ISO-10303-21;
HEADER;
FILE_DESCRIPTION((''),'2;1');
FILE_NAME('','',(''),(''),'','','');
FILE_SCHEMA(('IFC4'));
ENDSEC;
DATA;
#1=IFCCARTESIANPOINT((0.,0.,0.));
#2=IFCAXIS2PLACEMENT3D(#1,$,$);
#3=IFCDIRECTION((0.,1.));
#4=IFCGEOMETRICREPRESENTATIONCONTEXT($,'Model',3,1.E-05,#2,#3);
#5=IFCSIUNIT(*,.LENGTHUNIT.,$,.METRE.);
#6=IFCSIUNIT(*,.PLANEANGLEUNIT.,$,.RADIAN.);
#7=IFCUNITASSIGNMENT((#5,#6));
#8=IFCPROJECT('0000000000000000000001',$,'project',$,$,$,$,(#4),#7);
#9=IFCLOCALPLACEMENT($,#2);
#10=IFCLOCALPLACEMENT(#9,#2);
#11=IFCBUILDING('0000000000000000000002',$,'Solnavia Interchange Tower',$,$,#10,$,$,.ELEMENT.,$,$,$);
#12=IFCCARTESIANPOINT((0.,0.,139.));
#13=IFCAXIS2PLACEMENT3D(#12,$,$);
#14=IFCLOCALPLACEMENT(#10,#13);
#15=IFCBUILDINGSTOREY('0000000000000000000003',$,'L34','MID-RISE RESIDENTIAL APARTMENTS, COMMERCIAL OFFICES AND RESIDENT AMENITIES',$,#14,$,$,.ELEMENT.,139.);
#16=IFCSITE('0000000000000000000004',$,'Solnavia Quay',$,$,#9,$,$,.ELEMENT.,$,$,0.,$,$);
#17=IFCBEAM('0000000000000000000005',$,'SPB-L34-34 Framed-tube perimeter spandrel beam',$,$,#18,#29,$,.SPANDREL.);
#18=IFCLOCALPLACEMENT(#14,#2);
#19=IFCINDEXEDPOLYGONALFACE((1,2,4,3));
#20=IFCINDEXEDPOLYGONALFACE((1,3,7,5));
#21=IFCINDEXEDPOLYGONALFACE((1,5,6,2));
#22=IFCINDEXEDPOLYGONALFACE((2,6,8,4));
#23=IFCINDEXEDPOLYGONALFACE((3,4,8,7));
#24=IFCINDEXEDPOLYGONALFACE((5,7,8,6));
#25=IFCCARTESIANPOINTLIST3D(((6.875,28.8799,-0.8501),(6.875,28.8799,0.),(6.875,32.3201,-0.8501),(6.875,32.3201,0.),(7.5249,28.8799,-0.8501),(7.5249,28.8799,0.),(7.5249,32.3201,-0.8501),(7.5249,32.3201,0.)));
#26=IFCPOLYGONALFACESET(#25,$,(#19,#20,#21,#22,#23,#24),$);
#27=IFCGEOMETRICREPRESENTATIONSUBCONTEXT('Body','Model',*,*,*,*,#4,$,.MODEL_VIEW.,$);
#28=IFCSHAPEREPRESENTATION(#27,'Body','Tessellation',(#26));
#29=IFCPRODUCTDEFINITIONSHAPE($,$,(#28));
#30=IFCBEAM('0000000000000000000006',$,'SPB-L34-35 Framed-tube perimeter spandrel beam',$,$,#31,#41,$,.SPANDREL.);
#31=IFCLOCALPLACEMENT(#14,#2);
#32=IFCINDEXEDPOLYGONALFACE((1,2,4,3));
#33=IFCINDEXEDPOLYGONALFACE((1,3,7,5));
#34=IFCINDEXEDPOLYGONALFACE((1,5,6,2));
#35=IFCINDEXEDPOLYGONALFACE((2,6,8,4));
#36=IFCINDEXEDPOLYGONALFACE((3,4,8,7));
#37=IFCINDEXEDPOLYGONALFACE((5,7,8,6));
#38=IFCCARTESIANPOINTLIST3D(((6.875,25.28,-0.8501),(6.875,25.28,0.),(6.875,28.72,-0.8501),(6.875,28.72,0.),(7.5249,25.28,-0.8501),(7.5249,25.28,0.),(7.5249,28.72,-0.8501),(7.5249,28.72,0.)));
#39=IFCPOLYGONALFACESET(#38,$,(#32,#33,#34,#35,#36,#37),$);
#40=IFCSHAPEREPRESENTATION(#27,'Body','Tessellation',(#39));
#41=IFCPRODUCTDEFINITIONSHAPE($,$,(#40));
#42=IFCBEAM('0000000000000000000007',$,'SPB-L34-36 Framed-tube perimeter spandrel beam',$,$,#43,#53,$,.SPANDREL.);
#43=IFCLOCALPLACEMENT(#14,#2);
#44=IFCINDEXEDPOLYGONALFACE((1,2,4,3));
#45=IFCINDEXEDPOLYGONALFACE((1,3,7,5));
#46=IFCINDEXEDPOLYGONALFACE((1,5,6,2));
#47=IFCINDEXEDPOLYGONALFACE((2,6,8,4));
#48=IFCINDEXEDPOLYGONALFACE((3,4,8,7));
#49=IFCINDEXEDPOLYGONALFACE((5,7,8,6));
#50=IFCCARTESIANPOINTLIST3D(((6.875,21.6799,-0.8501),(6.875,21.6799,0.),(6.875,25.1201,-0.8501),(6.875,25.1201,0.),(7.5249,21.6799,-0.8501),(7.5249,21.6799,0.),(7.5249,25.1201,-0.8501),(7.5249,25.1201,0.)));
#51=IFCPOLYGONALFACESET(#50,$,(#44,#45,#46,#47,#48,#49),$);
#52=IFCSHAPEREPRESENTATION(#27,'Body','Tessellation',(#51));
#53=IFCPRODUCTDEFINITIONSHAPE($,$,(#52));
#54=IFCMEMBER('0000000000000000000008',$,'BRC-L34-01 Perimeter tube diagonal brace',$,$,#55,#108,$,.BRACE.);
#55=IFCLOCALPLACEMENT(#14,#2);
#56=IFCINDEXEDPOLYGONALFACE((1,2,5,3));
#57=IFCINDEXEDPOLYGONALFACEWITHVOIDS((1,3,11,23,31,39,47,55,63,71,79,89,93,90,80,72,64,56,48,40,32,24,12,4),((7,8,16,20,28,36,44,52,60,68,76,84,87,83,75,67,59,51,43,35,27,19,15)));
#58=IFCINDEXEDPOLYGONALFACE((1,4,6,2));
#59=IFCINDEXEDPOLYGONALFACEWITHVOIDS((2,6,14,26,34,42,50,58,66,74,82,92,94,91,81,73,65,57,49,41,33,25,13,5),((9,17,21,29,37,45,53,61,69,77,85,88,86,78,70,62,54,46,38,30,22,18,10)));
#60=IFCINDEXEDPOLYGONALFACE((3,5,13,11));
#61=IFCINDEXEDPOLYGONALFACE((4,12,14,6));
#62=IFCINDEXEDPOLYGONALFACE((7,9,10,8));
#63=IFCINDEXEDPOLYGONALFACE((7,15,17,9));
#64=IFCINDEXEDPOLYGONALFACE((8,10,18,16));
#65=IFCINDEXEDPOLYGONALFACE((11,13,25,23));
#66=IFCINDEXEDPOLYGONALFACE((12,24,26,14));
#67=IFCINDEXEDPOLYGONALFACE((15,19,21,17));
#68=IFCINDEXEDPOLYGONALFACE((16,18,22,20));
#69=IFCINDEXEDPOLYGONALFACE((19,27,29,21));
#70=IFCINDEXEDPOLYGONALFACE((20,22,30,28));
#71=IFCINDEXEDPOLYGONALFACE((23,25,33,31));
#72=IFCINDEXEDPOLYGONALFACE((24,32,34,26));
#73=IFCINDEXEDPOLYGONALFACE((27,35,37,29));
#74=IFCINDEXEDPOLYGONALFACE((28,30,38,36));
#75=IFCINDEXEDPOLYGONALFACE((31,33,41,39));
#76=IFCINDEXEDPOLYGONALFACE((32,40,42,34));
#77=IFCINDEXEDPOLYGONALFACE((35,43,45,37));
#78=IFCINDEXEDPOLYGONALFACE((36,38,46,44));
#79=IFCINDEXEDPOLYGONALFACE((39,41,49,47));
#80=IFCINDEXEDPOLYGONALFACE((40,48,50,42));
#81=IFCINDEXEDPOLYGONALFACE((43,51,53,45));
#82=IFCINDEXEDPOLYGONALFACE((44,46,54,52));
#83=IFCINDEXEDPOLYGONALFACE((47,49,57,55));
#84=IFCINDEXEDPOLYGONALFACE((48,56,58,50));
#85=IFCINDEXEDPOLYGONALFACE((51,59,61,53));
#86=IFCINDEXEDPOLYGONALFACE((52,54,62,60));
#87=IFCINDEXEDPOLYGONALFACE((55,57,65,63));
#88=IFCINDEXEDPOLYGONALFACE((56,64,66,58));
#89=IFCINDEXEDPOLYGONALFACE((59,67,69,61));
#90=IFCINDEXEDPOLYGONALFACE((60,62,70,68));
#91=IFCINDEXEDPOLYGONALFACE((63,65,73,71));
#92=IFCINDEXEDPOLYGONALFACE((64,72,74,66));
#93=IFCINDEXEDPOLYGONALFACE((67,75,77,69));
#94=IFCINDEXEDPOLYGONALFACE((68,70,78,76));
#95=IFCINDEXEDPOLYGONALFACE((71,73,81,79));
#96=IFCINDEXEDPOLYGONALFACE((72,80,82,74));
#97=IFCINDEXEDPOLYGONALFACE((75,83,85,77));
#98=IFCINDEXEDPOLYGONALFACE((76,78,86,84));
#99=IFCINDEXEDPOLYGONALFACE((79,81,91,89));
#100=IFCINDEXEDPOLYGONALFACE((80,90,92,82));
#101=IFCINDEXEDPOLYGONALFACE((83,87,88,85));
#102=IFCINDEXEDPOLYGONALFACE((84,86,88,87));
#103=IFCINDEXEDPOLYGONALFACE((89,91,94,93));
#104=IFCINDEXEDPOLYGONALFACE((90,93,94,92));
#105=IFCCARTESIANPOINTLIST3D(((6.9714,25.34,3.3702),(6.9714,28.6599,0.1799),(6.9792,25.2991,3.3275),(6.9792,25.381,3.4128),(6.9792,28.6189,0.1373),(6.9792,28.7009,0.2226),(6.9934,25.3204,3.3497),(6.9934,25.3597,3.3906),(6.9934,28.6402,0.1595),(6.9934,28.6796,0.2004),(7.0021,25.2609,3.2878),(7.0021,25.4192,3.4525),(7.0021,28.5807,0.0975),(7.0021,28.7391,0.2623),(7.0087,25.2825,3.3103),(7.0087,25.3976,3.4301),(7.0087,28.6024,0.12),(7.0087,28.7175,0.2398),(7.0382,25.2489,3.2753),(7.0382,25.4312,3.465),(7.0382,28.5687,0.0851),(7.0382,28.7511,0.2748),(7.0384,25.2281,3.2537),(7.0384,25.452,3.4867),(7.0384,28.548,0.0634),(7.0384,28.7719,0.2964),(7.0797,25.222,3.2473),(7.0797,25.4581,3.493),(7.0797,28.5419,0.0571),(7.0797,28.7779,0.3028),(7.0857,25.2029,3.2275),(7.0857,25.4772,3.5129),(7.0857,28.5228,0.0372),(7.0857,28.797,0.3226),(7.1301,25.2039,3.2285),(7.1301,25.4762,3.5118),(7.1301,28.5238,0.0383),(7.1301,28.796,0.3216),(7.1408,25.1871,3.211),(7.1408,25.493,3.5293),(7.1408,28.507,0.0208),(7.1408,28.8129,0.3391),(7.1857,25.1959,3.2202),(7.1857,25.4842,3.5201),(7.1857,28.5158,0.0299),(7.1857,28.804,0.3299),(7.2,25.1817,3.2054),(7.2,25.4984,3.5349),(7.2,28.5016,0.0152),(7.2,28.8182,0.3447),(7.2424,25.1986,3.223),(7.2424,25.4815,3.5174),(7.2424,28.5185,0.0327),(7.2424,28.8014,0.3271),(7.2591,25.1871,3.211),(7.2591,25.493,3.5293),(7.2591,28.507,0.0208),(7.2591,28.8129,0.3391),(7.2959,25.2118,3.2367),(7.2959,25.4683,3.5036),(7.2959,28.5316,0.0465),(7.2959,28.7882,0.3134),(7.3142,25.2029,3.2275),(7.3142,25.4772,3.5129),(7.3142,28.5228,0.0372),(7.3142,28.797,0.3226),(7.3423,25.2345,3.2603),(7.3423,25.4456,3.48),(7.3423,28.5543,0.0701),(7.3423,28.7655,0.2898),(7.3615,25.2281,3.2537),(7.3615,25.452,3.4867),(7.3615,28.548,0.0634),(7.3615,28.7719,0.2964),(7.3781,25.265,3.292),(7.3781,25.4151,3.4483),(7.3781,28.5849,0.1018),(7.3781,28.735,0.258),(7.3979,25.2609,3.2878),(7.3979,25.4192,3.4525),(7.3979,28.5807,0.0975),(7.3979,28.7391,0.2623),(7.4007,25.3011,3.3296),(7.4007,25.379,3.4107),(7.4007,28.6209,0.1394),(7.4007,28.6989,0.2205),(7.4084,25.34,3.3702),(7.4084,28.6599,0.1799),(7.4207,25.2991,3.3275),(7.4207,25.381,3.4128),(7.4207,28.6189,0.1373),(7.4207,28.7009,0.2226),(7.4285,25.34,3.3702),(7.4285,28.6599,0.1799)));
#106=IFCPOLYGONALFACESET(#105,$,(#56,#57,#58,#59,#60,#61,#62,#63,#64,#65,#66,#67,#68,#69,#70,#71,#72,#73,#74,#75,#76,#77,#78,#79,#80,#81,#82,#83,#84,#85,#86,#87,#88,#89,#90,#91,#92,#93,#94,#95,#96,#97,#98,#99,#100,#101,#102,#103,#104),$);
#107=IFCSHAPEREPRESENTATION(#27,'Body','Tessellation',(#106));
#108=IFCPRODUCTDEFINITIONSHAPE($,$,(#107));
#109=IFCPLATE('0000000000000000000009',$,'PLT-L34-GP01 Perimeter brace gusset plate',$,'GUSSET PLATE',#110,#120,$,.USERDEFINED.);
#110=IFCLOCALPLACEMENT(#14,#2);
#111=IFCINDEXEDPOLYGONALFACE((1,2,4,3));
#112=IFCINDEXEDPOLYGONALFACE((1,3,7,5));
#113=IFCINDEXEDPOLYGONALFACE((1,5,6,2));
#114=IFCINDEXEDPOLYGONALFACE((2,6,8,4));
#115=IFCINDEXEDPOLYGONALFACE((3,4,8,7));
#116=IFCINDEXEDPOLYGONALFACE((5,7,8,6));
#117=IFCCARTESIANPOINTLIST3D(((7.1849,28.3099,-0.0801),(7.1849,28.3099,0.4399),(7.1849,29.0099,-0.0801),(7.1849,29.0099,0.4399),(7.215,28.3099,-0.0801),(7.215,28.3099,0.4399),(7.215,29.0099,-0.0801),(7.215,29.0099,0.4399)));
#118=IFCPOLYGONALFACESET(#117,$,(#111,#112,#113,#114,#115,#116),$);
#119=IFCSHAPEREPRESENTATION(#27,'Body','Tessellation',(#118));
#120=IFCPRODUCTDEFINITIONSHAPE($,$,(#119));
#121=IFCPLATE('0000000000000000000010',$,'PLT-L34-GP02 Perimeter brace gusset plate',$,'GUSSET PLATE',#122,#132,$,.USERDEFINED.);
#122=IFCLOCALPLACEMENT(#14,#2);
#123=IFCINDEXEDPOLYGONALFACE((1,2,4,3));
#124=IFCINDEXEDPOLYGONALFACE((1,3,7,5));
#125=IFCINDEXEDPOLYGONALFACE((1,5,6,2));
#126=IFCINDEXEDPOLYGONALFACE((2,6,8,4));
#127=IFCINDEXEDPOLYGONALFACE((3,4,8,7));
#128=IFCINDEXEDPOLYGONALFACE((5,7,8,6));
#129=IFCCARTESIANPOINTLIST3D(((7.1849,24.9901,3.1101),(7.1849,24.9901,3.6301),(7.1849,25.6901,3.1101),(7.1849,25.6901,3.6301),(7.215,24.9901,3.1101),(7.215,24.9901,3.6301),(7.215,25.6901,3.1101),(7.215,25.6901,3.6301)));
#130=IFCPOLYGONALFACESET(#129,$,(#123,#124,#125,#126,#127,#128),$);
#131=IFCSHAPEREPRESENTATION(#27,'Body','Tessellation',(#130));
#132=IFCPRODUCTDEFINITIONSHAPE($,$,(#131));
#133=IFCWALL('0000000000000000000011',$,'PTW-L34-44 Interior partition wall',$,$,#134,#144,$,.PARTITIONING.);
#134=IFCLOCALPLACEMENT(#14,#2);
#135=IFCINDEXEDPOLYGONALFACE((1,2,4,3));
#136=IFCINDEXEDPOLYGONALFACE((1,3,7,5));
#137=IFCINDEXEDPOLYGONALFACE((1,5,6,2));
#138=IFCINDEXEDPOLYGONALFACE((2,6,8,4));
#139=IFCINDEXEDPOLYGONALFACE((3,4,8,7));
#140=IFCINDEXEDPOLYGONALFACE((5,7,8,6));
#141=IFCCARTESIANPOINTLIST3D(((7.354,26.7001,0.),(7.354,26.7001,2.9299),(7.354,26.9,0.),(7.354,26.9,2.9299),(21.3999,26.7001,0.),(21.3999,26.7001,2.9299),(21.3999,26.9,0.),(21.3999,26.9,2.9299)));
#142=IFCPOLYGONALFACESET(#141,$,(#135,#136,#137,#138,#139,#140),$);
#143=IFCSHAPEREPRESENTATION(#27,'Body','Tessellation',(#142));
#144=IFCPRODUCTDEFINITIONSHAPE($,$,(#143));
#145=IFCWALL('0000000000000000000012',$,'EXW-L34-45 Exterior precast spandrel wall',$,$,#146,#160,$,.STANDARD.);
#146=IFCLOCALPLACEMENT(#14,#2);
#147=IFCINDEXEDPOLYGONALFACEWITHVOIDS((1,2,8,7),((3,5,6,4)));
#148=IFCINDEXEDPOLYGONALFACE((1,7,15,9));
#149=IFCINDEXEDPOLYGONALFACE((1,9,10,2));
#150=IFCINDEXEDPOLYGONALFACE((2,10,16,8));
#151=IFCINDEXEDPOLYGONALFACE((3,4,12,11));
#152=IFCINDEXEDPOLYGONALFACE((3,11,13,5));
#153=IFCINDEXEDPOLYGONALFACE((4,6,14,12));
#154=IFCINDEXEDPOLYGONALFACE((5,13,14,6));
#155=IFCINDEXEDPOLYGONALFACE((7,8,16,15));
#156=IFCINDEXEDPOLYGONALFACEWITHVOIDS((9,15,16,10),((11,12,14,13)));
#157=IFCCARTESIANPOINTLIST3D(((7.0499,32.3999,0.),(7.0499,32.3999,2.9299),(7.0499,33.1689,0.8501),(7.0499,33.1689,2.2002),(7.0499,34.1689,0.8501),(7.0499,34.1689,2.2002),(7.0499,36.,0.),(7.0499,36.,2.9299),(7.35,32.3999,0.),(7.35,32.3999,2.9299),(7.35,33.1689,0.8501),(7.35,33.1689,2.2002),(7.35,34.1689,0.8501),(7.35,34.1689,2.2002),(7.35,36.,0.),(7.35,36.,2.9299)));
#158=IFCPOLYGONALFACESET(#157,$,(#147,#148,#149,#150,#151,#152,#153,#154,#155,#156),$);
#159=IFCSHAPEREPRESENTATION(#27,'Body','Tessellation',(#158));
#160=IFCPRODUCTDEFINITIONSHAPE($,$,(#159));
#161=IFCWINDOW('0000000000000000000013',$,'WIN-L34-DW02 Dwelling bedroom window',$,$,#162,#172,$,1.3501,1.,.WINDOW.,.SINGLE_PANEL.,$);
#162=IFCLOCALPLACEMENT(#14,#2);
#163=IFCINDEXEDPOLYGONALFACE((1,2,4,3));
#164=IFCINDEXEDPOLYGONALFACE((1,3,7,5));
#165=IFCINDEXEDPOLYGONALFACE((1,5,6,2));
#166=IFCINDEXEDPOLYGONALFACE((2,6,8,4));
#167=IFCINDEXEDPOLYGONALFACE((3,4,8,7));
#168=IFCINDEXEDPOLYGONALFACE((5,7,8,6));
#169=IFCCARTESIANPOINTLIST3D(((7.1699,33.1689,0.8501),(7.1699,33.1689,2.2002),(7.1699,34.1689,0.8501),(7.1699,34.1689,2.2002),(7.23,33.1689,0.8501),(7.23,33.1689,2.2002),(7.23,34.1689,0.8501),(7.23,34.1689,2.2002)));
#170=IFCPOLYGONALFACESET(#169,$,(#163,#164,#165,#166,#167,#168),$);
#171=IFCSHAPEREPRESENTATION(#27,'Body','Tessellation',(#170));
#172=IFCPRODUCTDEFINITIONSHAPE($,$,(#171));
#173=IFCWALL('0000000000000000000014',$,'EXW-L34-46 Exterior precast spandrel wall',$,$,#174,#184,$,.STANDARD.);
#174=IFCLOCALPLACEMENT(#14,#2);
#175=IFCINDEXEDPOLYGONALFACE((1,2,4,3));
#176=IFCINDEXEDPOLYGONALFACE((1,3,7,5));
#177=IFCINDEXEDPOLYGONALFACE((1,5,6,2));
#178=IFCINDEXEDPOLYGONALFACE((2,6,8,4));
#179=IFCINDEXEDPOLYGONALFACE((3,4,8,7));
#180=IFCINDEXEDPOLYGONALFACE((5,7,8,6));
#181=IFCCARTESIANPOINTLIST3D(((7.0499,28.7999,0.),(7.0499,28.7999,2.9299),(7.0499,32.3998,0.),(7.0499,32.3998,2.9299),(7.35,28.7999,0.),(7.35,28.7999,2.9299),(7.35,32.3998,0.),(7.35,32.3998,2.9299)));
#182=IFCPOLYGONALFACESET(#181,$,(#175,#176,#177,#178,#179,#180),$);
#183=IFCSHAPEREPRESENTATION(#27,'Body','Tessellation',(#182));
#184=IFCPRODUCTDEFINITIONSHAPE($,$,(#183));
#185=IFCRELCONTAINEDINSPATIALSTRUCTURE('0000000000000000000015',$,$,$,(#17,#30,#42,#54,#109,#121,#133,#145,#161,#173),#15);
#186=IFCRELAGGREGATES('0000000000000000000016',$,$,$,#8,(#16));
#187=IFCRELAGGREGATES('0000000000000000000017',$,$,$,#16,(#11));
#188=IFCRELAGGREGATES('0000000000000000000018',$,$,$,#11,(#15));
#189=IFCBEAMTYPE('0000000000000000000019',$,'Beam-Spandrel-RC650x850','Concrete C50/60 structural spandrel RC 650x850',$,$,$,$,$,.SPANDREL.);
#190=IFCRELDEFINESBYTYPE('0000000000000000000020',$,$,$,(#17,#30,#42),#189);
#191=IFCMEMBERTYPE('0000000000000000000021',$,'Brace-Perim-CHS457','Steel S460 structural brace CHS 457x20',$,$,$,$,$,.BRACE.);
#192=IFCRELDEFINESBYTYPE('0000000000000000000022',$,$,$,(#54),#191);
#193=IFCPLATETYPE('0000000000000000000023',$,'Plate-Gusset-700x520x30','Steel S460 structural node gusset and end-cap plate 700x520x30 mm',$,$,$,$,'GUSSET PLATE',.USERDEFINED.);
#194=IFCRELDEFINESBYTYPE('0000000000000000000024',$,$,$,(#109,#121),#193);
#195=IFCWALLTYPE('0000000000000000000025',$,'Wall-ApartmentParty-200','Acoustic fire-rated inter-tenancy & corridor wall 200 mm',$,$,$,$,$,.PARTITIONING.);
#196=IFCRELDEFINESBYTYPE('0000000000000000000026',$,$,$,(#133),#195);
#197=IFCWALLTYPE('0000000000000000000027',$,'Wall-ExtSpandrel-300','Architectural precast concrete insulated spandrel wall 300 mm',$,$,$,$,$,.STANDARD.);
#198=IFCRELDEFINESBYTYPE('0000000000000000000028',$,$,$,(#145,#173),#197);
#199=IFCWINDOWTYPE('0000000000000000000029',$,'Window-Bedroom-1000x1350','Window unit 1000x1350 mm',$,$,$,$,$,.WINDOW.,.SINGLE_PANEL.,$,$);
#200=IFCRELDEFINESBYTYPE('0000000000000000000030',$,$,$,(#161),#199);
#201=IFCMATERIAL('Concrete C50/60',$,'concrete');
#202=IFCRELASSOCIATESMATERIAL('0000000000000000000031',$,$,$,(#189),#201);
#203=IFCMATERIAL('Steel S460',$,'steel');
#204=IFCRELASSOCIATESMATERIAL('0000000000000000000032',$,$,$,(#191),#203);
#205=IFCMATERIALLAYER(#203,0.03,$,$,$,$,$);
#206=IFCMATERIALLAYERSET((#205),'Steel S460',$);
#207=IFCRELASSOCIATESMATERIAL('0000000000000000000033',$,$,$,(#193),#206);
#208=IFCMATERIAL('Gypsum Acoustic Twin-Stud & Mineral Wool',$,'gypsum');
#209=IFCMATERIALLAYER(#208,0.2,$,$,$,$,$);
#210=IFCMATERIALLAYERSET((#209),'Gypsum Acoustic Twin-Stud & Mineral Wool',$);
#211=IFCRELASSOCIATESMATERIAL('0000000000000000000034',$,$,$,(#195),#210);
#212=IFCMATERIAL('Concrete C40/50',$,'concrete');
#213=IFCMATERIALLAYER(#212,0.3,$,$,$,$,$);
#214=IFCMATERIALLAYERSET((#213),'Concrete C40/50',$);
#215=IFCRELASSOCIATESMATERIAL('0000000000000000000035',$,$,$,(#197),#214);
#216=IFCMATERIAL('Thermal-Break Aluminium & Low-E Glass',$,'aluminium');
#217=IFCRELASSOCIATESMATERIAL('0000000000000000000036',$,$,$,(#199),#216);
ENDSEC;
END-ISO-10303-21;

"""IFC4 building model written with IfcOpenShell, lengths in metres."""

from ifc_helpers import new_model, si_unit, direction, frame, frame_2d, origin, origin_2d, place, context, subcontext, project, spatial, rectangle, hollow_circle, extrude, material, layer, layer_set, material_profile, profile_set, type_object, element, fill, save


model = new_model("IFC4")

# Units and contexts
model_context = context("Model", 3, precision=1e-05, world=origin(), true_north=direction((0.0, 1.0)))
body_context = subcontext(model_context, "Body", "Model", "MODEL_VIEW")
ifc_project = project(units=[si_unit("LENGTHUNIT", "METRE"), si_unit("PLANEANGLEUNIT", "RADIAN")], contexts=[model_context])

# Site, building, storey
site_placement = place(None, origin())
site = spatial("IfcSite", under=ifc_project, at=site_placement, Name="Solnavia Quay", CompositionType="ELEMENT", RefElevation=0.0)
building_placement = place(site_placement, origin())
building = spatial("IfcBuilding", under=site, at=building_placement, Name="Solnavia Interchange Tower", CompositionType="ELEMENT")
storey_placement = place(building_placement, frame((0.0, 0.0, 139.0)))
storey = spatial("IfcBuildingStorey", under=building, at=storey_placement, Name="L34", Description="MID-RISE RESIDENTIAL APARTMENTS, COMMERCIAL OFFICES AND RESIDENT AMENITIES", CompositionType="ELEMENT", Elevation=139.0)

# Shared definitions
ifc_material_1 = material(Name="Concrete C50/60", Category="concrete")

# Beams
ifc_material_2 = material(Name="Steel S460", Category="steel")
ifc_material_profile_1 = material_profile(ifc_material_1, rectangle(XDim=0.6499, YDim=0.8501, at=origin_2d()), Name="RC 650x850")
ifc_profile_set_1 = profile_set([ifc_material_profile_1], Name="Concrete C50/60")
beam_type_1 = type_object("IfcBeamType", Name="Beam-Spandrel-RC650x850", Description="Concrete C50/60 structural spandrel RC 650x850", PredefinedType="SPANDREL", material=ifc_profile_set_1)
beam_1_placement = place(storey_placement, frame((7.2, 32.3201, -0.425), z_axis=(0.0, -1.0, 0.0), x_axis=(1.0, 0.0, 0.0)))
element("IfcBeam", 1, at=beam_1_placement, inside=storey, type_object=beam_type_1, Name="SPB-L34-34 Framed-tube perimeter spandrel beam", PredefinedType="SPANDREL", context=body_context, shape_type="SweptSolid", body=[
    extrude(rectangle(XDim=0.6499, YDim=0.8501, at=origin_2d()), origin(), (0.0, 0.0, 1.0), 3.4402),
])
beam_2_placement = place(storey_placement, frame((7.2, 28.72, -0.425), z_axis=(0.0, -1.0, 0.0), x_axis=(1.0, 0.0, 0.0)))
element("IfcBeam", 2, at=beam_2_placement, inside=storey, type_object=beam_type_1, Name="SPB-L34-35 Framed-tube perimeter spandrel beam", PredefinedType="SPANDREL", context=body_context, shape_type="SweptSolid", body=[
    extrude(rectangle(XDim=0.6499, YDim=0.8501, at=origin_2d()), origin(), (0.0, 0.0, 1.0), 3.4399),
])
beam_3_placement = place(storey_placement, frame((7.2, 25.1201, -0.425), z_axis=(0.0, -1.0, 0.0), x_axis=(1.0, 0.0, 0.0)))
element("IfcBeam", 3, at=beam_3_placement, inside=storey, type_object=beam_type_1, Name="SPB-L34-36 Framed-tube perimeter spandrel beam", PredefinedType="SPANDREL", context=body_context, shape_type="SweptSolid", body=[
    extrude(rectangle(XDim=0.6499, YDim=0.8501, at=origin_2d()), origin(), (0.0, 0.0, 1.0), 3.4402),
])

# Member
ifc_material_profile_2 = material_profile(ifc_material_2, hollow_circle(Radius=0.2285, WallThickness=0.02, at=origin_2d()), Name="CHS 457x20")
ifc_profile_set_2 = profile_set([ifc_material_profile_2], Name="Steel S460")
member_type = type_object("IfcMemberType", Name="Brace-Perim-CHS457", Description="Steel S460 structural brace CHS 457x20", PredefinedType="BRACE", material=ifc_profile_set_2)
member_placement = place(storey_placement, frame((7.2, 28.6599, 0.1799), z_axis=(0.0, -0.721045, 0.692888), x_axis=(1.0, 0.0, 0.0)))
element("IfcMember", 4, at=member_placement, inside=storey, type_object=member_type, Name="BRC-L34-01 Perimeter tube diagonal brace", PredefinedType="BRACE", context=body_context, shape_type="SweptSolid", body=[
    extrude(hollow_circle(Radius=0.2285, WallThickness=0.02, at=origin_2d()), origin(), (0.0, 0.0, 1.0), 4.6042),
])

# Plates
ifc_layer_1 = layer(ifc_material_2, 0.03)
ifc_layer_set_1 = layer_set([ifc_layer_1], Name="Steel S460")
plate_type = type_object("IfcPlateType", Name="Plate-Gusset-700x520x30", Description="Steel S460 structural node gusset and end-cap plate 700x520x30 mm", ElementType="GUSSET PLATE", PredefinedType="USERDEFINED", material=ifc_layer_set_1)
for number, where, z_axis, x_axis, name in (
    (5, (7.2, 28.6599, -0.0801), (0.0, 0.0, 1.0), (0.0, -1.0, 0.0), "PLT-L34-GP01 Perimeter brace gusset plate"),
    (6, (7.2, 25.3401, 3.1101), (0.0, 0.0, 1.0), (0.0, -1.0, 0.0), "PLT-L34-GP02 Perimeter brace gusset plate"),
):
    element("IfcPlate", number, at=place(storey_placement, frame(where, z_axis=z_axis, x_axis=x_axis)), inside=storey, type_object=plate_type, Name=name, ObjectType="GUSSET PLATE", PredefinedType="USERDEFINED", context=body_context, shape_type="SweptSolid", body=[
        extrude(rectangle(XDim=0.7, YDim=0.03, at=origin_2d()), origin(), (0.0, 0.0, 1.0), 0.52),
    ])

# Wall
ifc_material_3 = material(Name="Gypsum Acoustic Twin-Stud & Mineral Wool", Category="gypsum")
ifc_layer_2 = layer(ifc_material_3, 0.2)
ifc_layer_set_2 = layer_set([ifc_layer_2], Name="Gypsum Acoustic Twin-Stud & Mineral Wool")
wall_type_1 = type_object("IfcWallType", Name="Wall-ApartmentParty-200", Description="Acoustic fire-rated inter-tenancy & corridor wall 200 mm", PredefinedType="PARTITIONING", material=ifc_layer_set_2)
wall_1_placement = place(storey_placement, frame((7.354, 26.8, 0.0), z_axis=(0.0, 0.0, 1.0), x_axis=(1.0, 0.0, 0.0)))
element("IfcWall", 7, at=wall_1_placement, inside=storey, type_object=wall_type_1, Name="PTW-L34-44 Interior partition wall", PredefinedType="PARTITIONING", context=body_context, shape_type="SweptSolid", body=[
    extrude(rectangle(XDim=14.0459, YDim=0.2, at=frame_2d((7.0229, 0.0))), origin(), (0.0, 0.0, 1.0), 2.9299),
])

# Wall, opening, window
ifc_material_4 = material(Name="Concrete C40/50", Category="concrete")
ifc_layer_3 = layer(ifc_material_4, 0.3)
ifc_layer_set_3 = layer_set([ifc_layer_3], Name="Concrete C40/50")
wall_type_2 = type_object("IfcWallType", Name="Wall-ExtSpandrel-300", Description="Architectural precast concrete insulated spandrel wall 300 mm", PredefinedType="STANDARD", material=ifc_layer_set_3)
wall_2_placement = place(storey_placement, frame((7.2, 32.3999, 0.0), z_axis=(0.0, 0.0, 1.0), x_axis=(0.0, 1.0, 0.0)))
wall_2 = element("IfcWall", 8, at=wall_2_placement, inside=storey, type_object=wall_type_2, Name="EXW-L34-45 Exterior precast spandrel wall", PredefinedType="STANDARD", context=body_context, shape_type="SweptSolid", body=[
    extrude(rectangle(XDim=3.6001, YDim=0.3, at=frame_2d((1.8, 0.0))), origin(), (0.0, 0.0, 1.0), 2.9299),
])
opening_1_placement = place(wall_2_placement, frame((0.769, 0.0, 0.8501)))
opening_1 = element("IfcOpeningElement", 9, at=opening_1_placement, cuts=wall_2, PredefinedType="OPENING", context=body_context, shape_type="SweptSolid", body=[
    extrude(rectangle(XDim=1.0, YDim=1.3501, at=frame_2d((0.5, 0.675))), frame((0.0, 0.1602, 0.0), z_axis=(0.0, -1.0, 0.0), x_axis=(1.0, 0.0, 0.0)), (0.0, 0.0, 1.0), 0.3201),
])
ifc_material_5 = material(Name="Thermal-Break Aluminium & Low-E Glass", Category="aluminium")
window_type = type_object("IfcWindowType", Name="Window-Bedroom-1000x1350", Description="Window unit 1000x1350 mm", PartitioningType="SINGLE_PANEL", PredefinedType="WINDOW", material=ifc_material_5)
window_placement = place(opening_1_placement, origin())
window = element("IfcWindow", 10, at=window_placement, inside=storey, type_object=window_type, Name="WIN-L34-DW02 Dwelling bedroom window", OverallHeight=1.3501, OverallWidth=1.0, PartitioningType="SINGLE_PANEL", PredefinedType="WINDOW", context=body_context, shape_type="SweptSolid", body=[
    extrude(rectangle(XDim=1.0, YDim=1.3501, at=frame_2d((0.5, 0.675))), frame((0.0, 0.03, 0.0), z_axis=(0.0, -1.0, 0.0), x_axis=(1.0, 0.0, 0.0)), (0.0, 0.0, 1.0), 0.0601),
])
fill(opening_1, window)

# Wall
wall_3_placement = place(storey_placement, frame((7.2, 28.8, 0.0), z_axis=(0.0, 0.0, 1.0), x_axis=(0.0, 1.0, 0.0)))
element("IfcWall", 11, at=wall_3_placement, inside=storey, type_object=wall_type_2, Name="EXW-L34-46 Exterior precast spandrel wall", PredefinedType="STANDARD", context=body_context, shape_type="SweptSolid", body=[
    extrude(rectangle(XDim=3.5999, YDim=0.3, at=frame_2d((1.7998, 0.0))), origin(), (0.0, 0.0, 1.0), 2.9299),
])

save(model, "model.ifc")
